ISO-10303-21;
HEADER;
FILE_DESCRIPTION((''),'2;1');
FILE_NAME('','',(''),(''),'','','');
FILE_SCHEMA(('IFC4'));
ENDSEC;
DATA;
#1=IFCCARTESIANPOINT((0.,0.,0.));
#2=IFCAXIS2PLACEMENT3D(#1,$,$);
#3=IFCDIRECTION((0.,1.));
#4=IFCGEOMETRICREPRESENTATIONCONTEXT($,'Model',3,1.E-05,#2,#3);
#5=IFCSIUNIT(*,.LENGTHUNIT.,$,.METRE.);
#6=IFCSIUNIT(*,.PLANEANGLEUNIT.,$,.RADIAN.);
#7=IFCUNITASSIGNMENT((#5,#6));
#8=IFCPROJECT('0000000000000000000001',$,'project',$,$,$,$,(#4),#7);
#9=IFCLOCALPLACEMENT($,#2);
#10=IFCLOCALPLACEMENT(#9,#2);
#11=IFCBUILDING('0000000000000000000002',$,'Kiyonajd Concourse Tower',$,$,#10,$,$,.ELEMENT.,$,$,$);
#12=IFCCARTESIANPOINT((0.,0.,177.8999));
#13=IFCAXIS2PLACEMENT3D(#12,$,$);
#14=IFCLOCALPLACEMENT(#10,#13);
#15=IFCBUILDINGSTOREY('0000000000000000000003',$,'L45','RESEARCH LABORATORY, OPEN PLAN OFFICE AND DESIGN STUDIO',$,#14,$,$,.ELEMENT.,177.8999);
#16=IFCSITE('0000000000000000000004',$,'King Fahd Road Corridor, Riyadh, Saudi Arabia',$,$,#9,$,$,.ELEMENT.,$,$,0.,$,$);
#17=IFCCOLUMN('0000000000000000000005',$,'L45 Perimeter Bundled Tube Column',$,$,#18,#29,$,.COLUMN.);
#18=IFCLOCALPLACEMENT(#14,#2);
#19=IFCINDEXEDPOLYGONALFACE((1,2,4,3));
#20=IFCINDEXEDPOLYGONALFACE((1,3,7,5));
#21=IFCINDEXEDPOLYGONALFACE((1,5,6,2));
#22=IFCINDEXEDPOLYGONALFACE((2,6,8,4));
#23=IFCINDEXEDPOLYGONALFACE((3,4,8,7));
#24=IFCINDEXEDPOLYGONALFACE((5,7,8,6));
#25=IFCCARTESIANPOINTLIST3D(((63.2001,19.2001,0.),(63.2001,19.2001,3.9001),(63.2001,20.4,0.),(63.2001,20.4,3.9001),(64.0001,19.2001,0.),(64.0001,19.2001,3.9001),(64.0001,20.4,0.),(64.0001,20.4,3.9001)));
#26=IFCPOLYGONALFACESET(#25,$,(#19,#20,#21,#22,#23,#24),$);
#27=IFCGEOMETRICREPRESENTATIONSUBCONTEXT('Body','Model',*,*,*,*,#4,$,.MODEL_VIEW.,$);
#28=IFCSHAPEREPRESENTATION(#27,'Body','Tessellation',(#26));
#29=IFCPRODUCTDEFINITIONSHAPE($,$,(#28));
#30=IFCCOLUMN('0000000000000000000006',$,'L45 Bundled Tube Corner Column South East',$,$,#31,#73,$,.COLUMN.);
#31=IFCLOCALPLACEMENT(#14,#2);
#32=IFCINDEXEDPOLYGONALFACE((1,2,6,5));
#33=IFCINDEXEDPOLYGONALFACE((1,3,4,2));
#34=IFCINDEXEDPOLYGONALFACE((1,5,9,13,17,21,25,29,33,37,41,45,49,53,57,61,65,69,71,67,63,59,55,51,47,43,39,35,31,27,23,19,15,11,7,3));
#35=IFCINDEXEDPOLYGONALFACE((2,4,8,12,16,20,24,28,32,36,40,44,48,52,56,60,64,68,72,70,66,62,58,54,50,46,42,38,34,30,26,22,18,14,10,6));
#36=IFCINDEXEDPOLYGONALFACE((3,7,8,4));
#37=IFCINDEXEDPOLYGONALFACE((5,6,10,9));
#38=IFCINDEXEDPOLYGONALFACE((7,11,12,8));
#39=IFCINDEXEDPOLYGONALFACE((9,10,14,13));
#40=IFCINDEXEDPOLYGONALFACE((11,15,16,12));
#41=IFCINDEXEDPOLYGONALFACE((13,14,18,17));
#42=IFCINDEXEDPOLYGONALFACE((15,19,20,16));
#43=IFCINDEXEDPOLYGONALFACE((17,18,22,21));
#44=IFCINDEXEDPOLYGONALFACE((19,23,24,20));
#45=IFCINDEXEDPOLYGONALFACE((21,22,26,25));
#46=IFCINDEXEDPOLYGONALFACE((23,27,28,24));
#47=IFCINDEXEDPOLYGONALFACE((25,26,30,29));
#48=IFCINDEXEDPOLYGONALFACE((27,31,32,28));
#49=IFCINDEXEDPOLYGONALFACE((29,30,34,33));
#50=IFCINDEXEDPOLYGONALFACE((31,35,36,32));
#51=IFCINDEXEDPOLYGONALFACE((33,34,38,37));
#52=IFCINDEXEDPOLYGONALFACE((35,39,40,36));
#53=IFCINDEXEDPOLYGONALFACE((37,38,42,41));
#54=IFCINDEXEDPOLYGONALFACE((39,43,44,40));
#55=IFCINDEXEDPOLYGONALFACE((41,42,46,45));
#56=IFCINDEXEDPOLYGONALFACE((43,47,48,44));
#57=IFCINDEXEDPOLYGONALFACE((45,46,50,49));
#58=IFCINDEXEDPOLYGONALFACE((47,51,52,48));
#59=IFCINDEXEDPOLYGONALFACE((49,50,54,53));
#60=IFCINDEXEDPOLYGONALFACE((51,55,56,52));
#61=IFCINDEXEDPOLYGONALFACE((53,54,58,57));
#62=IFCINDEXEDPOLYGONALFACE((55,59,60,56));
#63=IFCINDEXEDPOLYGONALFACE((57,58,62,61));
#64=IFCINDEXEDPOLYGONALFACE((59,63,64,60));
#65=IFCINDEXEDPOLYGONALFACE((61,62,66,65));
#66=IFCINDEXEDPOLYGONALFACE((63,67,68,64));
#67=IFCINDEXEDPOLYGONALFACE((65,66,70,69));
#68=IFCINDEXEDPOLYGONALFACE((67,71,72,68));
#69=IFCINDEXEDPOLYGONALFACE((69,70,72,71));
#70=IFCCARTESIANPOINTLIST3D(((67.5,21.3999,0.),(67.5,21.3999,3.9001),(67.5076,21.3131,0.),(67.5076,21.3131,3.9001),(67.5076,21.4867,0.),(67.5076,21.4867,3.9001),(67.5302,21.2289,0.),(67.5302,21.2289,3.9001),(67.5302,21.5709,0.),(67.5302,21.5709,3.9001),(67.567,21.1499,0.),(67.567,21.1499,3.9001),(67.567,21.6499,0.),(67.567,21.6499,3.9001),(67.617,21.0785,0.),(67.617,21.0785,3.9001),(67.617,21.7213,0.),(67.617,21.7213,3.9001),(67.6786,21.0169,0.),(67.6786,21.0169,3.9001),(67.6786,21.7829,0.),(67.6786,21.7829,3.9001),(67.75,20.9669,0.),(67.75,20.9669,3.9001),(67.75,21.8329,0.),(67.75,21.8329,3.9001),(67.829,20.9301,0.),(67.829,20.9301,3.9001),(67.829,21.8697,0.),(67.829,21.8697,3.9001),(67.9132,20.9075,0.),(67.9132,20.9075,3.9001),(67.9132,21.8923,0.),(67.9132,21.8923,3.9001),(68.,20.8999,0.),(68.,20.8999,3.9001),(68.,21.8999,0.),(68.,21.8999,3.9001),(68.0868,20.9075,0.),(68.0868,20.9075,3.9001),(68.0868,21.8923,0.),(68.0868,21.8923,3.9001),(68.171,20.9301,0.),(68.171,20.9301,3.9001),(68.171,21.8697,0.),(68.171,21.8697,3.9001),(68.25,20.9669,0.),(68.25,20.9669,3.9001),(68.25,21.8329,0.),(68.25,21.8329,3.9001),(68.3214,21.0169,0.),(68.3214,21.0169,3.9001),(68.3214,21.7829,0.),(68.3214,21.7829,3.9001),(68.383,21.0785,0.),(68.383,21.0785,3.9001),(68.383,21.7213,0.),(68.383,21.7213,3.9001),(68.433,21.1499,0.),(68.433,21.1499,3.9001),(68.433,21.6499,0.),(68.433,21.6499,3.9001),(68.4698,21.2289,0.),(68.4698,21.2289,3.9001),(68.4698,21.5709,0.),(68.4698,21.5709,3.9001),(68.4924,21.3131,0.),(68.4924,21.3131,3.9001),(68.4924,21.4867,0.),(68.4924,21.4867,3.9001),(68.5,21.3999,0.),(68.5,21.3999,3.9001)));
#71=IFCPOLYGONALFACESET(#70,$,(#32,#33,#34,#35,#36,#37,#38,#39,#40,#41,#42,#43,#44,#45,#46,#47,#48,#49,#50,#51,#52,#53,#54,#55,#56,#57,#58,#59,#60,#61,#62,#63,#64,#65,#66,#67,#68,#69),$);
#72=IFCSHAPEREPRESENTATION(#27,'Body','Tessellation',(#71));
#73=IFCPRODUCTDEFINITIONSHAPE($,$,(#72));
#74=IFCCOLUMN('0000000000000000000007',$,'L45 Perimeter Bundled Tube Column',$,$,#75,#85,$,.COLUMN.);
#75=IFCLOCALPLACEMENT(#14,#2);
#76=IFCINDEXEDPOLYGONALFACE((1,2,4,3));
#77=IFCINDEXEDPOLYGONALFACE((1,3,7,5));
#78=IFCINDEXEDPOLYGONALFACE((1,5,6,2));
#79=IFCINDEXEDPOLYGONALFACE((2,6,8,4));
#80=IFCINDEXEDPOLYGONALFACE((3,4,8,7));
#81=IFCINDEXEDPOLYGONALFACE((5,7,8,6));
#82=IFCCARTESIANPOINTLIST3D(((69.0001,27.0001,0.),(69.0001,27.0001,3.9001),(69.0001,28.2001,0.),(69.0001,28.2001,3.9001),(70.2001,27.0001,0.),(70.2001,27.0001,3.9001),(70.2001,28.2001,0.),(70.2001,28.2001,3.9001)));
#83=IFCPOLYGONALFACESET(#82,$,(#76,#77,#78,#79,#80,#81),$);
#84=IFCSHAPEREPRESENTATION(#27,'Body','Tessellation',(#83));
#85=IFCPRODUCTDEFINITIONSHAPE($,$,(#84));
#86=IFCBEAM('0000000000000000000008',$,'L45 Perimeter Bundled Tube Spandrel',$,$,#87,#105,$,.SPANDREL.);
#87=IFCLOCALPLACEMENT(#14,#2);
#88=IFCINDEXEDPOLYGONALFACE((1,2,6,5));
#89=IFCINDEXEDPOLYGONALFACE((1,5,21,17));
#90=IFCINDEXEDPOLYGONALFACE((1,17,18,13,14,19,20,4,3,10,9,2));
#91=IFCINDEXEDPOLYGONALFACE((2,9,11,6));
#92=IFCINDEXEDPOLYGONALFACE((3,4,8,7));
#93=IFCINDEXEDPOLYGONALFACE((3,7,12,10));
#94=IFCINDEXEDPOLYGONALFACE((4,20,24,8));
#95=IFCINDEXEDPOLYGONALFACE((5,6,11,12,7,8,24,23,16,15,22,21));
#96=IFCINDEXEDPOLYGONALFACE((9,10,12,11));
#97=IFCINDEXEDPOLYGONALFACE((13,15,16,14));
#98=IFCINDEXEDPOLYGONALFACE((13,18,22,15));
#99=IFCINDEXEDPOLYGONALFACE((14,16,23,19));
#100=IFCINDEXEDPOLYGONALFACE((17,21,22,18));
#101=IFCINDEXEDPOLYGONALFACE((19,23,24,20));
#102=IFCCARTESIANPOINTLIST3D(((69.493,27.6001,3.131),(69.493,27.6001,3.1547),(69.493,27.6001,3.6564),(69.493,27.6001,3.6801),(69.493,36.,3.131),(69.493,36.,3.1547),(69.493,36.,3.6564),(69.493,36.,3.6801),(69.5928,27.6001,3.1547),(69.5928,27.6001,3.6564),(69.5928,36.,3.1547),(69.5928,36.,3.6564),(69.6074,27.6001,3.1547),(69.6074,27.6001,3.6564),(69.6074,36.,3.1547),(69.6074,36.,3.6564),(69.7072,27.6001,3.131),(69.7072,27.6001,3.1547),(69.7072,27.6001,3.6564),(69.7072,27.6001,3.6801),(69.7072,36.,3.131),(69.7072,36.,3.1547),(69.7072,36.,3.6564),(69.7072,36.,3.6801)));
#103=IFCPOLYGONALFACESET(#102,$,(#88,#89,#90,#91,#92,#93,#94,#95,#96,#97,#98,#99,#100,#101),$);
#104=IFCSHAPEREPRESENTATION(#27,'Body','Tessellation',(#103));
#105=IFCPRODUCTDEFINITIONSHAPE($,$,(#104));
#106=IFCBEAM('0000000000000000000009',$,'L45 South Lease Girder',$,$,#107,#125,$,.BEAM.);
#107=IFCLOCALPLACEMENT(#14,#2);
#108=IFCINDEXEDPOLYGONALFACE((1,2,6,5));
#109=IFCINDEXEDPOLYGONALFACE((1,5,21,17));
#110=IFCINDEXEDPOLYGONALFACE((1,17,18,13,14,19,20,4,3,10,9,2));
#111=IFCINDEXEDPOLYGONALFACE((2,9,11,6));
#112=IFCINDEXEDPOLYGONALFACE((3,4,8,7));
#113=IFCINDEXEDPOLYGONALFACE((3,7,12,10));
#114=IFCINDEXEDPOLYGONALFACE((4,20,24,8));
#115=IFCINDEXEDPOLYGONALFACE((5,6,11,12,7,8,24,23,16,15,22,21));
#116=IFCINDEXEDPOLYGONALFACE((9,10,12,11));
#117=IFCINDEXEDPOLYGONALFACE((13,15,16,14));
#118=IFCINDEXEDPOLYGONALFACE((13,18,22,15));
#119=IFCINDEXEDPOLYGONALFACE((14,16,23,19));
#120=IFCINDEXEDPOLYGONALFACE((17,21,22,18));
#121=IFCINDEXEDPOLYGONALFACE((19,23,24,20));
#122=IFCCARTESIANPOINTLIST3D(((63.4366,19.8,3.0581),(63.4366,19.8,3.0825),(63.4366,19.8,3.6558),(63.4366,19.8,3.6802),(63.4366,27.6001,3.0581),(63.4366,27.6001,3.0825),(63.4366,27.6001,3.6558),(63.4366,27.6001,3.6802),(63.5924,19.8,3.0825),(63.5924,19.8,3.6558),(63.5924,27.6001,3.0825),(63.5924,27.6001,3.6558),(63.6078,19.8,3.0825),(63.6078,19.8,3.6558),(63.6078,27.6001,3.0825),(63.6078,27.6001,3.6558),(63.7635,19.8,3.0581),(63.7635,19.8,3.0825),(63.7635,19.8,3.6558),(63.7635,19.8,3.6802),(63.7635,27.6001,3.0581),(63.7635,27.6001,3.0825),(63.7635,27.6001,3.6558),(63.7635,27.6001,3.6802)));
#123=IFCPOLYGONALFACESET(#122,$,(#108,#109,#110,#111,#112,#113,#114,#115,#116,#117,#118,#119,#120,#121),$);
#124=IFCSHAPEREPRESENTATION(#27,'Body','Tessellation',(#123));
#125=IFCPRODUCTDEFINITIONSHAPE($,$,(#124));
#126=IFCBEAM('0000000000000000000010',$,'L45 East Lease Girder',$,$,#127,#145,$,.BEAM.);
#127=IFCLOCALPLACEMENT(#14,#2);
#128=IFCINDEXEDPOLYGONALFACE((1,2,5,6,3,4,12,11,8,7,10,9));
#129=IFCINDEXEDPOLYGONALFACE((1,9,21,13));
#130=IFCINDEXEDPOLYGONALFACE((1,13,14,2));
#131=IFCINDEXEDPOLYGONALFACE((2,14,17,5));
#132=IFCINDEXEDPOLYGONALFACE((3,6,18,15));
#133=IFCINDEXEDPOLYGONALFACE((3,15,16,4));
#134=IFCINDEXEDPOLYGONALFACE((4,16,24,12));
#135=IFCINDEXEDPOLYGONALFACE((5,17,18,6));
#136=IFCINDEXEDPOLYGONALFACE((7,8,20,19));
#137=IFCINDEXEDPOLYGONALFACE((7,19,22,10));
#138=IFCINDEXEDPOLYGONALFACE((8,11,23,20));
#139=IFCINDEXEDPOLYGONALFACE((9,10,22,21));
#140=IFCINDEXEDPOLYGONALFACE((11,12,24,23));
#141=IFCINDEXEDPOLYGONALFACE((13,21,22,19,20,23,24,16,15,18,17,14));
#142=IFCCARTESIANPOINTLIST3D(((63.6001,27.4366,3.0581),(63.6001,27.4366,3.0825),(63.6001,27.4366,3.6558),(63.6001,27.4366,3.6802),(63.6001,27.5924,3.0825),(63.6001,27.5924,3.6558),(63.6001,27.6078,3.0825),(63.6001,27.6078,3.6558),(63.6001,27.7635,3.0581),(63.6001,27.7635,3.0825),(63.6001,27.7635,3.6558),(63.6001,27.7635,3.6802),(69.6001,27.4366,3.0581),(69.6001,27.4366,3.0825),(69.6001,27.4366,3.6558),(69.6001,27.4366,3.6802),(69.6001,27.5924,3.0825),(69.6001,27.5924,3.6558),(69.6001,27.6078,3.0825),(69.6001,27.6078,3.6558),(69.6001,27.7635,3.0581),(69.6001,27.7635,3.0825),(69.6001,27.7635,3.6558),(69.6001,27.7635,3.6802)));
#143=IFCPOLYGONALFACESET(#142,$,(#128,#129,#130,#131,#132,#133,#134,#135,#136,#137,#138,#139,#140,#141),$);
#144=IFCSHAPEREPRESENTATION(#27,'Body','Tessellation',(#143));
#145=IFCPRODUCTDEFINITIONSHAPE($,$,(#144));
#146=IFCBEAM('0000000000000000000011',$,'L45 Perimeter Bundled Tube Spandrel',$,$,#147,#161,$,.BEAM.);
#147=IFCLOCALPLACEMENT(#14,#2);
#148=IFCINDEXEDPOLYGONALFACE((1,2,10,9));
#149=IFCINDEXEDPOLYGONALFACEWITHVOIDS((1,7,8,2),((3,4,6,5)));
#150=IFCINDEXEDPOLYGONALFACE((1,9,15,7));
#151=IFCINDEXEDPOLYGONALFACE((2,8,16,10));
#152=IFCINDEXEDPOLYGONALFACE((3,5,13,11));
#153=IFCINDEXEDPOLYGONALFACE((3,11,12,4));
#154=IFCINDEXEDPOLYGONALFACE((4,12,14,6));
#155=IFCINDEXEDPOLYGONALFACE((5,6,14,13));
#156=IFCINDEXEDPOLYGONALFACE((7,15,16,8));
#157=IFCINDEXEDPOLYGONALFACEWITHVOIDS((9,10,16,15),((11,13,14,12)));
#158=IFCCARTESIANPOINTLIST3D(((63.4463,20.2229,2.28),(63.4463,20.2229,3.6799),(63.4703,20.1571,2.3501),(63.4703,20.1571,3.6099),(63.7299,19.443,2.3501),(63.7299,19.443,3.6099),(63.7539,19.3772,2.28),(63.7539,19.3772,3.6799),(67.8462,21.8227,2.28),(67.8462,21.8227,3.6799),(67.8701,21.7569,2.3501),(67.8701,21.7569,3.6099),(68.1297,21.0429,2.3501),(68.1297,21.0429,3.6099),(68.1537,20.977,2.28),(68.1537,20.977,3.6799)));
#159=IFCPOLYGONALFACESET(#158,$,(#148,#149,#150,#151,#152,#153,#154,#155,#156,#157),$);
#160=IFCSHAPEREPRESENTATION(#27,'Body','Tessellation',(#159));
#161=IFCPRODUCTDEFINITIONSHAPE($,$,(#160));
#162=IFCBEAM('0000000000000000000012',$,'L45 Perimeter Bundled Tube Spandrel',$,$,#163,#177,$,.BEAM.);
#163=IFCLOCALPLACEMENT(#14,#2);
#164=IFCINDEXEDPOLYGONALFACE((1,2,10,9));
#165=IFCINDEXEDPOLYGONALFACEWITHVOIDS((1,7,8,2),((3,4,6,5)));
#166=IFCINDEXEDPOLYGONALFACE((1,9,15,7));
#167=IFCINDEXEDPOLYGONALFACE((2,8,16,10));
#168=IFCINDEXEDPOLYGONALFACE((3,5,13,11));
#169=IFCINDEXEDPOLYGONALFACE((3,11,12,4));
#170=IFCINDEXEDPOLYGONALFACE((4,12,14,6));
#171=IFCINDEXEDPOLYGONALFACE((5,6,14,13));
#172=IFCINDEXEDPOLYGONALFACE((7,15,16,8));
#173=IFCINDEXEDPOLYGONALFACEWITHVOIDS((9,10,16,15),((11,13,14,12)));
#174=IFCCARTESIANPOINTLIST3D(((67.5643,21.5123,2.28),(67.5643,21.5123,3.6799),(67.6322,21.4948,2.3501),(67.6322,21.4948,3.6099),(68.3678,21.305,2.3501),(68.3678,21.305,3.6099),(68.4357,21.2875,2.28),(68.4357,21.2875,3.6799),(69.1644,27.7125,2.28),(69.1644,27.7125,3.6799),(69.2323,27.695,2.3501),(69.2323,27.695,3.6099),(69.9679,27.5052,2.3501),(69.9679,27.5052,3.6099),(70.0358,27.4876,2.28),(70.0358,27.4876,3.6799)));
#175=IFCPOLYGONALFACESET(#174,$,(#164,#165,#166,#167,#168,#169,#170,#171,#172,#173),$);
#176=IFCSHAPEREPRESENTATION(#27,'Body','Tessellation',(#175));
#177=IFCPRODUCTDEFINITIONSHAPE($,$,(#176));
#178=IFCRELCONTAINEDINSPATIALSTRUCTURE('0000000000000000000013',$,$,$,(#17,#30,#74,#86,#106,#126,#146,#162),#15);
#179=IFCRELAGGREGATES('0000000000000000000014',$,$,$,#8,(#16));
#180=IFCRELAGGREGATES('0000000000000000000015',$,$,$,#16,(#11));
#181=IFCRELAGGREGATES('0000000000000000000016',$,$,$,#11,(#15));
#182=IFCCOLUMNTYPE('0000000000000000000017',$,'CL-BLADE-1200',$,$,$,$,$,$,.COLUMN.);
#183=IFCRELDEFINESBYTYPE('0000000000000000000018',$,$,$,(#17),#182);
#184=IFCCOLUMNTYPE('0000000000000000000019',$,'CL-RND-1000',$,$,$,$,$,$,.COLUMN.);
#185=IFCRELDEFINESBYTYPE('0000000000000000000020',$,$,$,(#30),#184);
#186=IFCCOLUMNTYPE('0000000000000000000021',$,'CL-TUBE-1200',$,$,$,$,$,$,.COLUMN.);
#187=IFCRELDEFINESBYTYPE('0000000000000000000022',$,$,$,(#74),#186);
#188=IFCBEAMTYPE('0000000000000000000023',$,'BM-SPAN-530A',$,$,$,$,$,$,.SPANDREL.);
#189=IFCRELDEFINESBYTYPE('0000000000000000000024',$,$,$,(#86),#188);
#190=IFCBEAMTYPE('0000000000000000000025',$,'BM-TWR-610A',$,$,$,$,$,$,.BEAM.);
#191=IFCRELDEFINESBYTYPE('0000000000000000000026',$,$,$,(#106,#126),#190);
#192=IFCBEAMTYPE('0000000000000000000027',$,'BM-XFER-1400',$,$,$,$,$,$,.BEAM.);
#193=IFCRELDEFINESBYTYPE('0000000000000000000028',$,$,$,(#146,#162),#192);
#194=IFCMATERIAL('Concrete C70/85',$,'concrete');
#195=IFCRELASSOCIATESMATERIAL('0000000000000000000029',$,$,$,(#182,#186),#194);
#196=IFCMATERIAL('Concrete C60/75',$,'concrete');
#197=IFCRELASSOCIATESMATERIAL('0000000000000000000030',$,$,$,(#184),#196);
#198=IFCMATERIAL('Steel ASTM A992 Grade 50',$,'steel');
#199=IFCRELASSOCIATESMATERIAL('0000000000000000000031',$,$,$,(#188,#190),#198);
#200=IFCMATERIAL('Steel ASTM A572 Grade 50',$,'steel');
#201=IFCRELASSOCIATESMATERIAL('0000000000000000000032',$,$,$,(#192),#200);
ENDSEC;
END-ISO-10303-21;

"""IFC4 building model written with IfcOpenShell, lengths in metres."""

from ifc_helpers import new_model, si_unit, direction, frame, origin, origin_2d, place, context, subcontext, project, spatial, rectangle, hollow_rectangle, circle, i_section, extrude, material, material_profile, profile_set, type_object, element, save


model = new_model("IFC4")

# Units and contexts
model_context = context("Model", 3, precision=1e-05, world=origin(), true_north=direction((0.0, 1.0)))
body_context = subcontext(model_context, "Body", "Model", "MODEL_VIEW")
ifc_project = project(units=[si_unit("LENGTHUNIT", "METRE"), si_unit("PLANEANGLEUNIT", "RADIAN")], contexts=[model_context])

# Site, building, storey
site_placement = place(None, origin())
site = spatial("IfcSite", under=ifc_project, at=site_placement, Name="King Fahd Road Corridor, Riyadh, Saudi Arabia", CompositionType="ELEMENT", RefElevation=0.0)
building_placement = place(site_placement, origin())
building = spatial("IfcBuilding", under=site, at=building_placement, Name="Kiyonajd Concourse Tower", CompositionType="ELEMENT")
storey_placement = place(building_placement, frame((0.0, 0.0, 177.8999)))
storey = spatial("IfcBuildingStorey", under=building, at=storey_placement, Name="L45", Description="RESEARCH LABORATORY, OPEN PLAN OFFICE AND DESIGN STUDIO", CompositionType="ELEMENT", Elevation=177.8999)

# Columns
ifc_material_1 = material(Name="Concrete C70/85", Category="concrete")
ifc_material_profile_1 = material_profile(ifc_material_1, rectangle(XDim=0.8, YDim=1.2, at=origin_2d()), Name="RC-1200x800")
ifc_profile_set_1 = profile_set([ifc_material_profile_1], Name="Concrete C70/85")
column_type_1 = type_object("IfcColumnType", Name="CL-BLADE-1200", PredefinedType="COLUMN", material=ifc_profile_set_1)
column_1_placement = place(storey_placement, frame((63.6001, 19.8, 0.0), z_axis=(0.0, 0.0, 1.0), x_axis=(1.0, 0.0, 0.0)))
element("IfcColumn", 1, at=column_1_placement, inside=storey, type_object=column_type_1, Name="L45 Perimeter Bundled Tube Column", PredefinedType="COLUMN", context=body_context, shape_type="SweptSolid", body=[
    extrude(rectangle(XDim=0.8, YDim=1.2, at=origin_2d()), origin(), (0.0, 0.0, 1.0), 3.9001),
])
ifc_material_2 = material(Name="Concrete C60/75", Category="concrete")
ifc_material_profile_2 = material_profile(ifc_material_2, circle(Radius=0.5, at=origin_2d()), Name="RCC-D1000")
ifc_profile_set_2 = profile_set([ifc_material_profile_2], Name="Concrete C60/75")
column_type_2 = type_object("IfcColumnType", Name="CL-RND-1000", PredefinedType="COLUMN", material=ifc_profile_set_2)
column_2_placement = place(storey_placement, frame((68.0, 21.3999, 0.0), z_axis=(0.0, 0.0, 1.0), x_axis=(1.0, 0.0, 0.0)))
element("IfcColumn", 2, at=column_2_placement, inside=storey, type_object=column_type_2, Name="L45 Bundled Tube Corner Column South East", PredefinedType="COLUMN", context=body_context, shape_type="SweptSolid", body=[
    extrude(circle(Radius=0.5, at=origin_2d()), origin(), (0.0, 0.0, 1.0), 3.9001),
])
ifc_material_profile_3 = material_profile(ifc_material_1, rectangle(XDim=1.2, YDim=1.2, at=origin_2d()), Name="RC-1200x1200")
ifc_profile_set_3 = profile_set([ifc_material_profile_3], Name="Concrete C70/85")
column_type_3 = type_object("IfcColumnType", Name="CL-TUBE-1200", PredefinedType="COLUMN", material=ifc_profile_set_3)
column_3_placement = place(storey_placement, frame((69.6001, 27.6001, 0.0), z_axis=(0.0, 0.0, 1.0), x_axis=(1.0, 0.0, 0.0)))
element("IfcColumn", 3, at=column_3_placement, inside=storey, type_object=column_type_3, Name="L45 Perimeter Bundled Tube Column", PredefinedType="COLUMN", context=body_context, shape_type="SweptSolid", body=[
    extrude(rectangle(XDim=1.2, YDim=1.2, at=origin_2d()), origin(), (0.0, 0.0, 1.0), 3.9001),
])

# Beams
ifc_material_3 = material(Name="Steel ASTM A992 Grade 50", Category="steel")
ifc_material_profile_4 = material_profile(ifc_material_3, i_section(OverallWidth=0.2141, OverallDepth=0.5491, WebThickness=0.0146, FlangeThickness=0.0237, at=origin_2d()), Name="W530X138")
ifc_profile_set_4 = profile_set([ifc_material_profile_4], Name="Steel ASTM A992 Grade 50")
beam_type_1 = type_object("IfcBeamType", Name="BM-SPAN-530A", PredefinedType="SPANDREL", material=ifc_profile_set_4)
beam_1_placement = place(storey_placement, frame((69.6001, 27.6001, 3.4055), z_axis=(0.0, 1.0, 0.0), x_axis=(-1.0, 0.0, 0.0)))
element("IfcBeam", 4, at=beam_1_placement, inside=storey, type_object=beam_type_1, Name="L45 Perimeter Bundled Tube Spandrel", PredefinedType="SPANDREL", context=body_context, shape_type="SweptSolid", body=[
    extrude(i_section(OverallWidth=0.2141, OverallDepth=0.5491, WebThickness=0.0146, FlangeThickness=0.0237, at=origin_2d()), origin(), (0.0, 0.0, 1.0), 8.3999),
])
ifc_material_profile_5 = material_profile(ifc_material_3, i_section(OverallWidth=0.3269, OverallDepth=0.6221, WebThickness=0.0154, FlangeThickness=0.0244, at=origin_2d()), Name="W610X195")
ifc_profile_set_5 = profile_set([ifc_material_profile_5], Name="Steel ASTM A992 Grade 50")
beam_type_2 = type_object("IfcBeamType", Name="BM-TWR-610A", PredefinedType="BEAM", material=ifc_profile_set_5)
beam_2_placement = place(storey_placement, frame((63.6001, 19.8, 3.3691), z_axis=(0.0, 1.0, 0.0), x_axis=(-1.0, 0.0, 0.0)))
element("IfcBeam", 5, at=beam_2_placement, inside=storey, type_object=beam_type_2, Name="L45 South Lease Girder", PredefinedType="BEAM", context=body_context, shape_type="SweptSolid", body=[
    extrude(i_section(OverallWidth=0.3269, OverallDepth=0.6221, WebThickness=0.0154, FlangeThickness=0.0244, at=origin_2d()), origin(), (0.0, 0.0, 1.0), 7.8),
])
beam_3_placement = place(storey_placement, frame((63.6001, 27.6001, 3.3691), z_axis=(1.0, 0.0, 0.0), x_axis=(0.0, 1.0, 0.0)))
element("IfcBeam", 6, at=beam_3_placement, inside=storey, type_object=beam_type_2, Name="L45 East Lease Girder", PredefinedType="BEAM", context=body_context, shape_type="SweptSolid", body=[
    extrude(i_section(OverallWidth=0.3269, OverallDepth=0.6221, WebThickness=0.0154, FlangeThickness=0.0244, at=origin_2d()), origin(), (0.0, 0.0, 1.0), 6.0),
])
ifc_material_4 = material(Name="Steel ASTM A572 Grade 50", Category="steel")
ifc_material_profile_6 = material_profile(ifc_material_4, hollow_rectangle(XDim=0.8999, YDim=1.3999, WallThickness=0.0701, at=origin_2d()), Name="BOX-1400x900x70")
ifc_profile_set_6 = profile_set([ifc_material_profile_6], Name="Steel ASTM A572 Grade 50")
beam_type_3 = type_object("IfcBeamType", Name="BM-XFER-1400", PredefinedType="BEAM", material=ifc_profile_set_6)
beam_4_placement = place(storey_placement, frame((63.6001, 19.8, 2.98), z_axis=(0.939801, 0.341722, 0.0), x_axis=(-0.341722, 0.939801, 0.0)))
element("IfcBeam", 7, at=beam_4_placement, inside=storey, type_object=beam_type_3, Name="L45 Perimeter Bundled Tube Spandrel", PredefinedType="BEAM", context=body_context, shape_type="SweptSolid", body=[
    extrude(hollow_rectangle(XDim=0.8999, YDim=1.3999, WallThickness=0.0701, at=origin_2d()), origin(), (0.0, 0.0, 1.0), 4.6816),
])
beam_5_placement = place(storey_placement, frame((68.0, 21.3999, 2.98), z_axis=(0.249885, 0.968276, 0.0), x_axis=(-0.968276, 0.249885, 0.0)))
element("IfcBeam", 8, at=beam_5_placement, inside=storey, type_object=beam_type_3, Name="L45 Perimeter Bundled Tube Spandrel", PredefinedType="BEAM", context=body_context, shape_type="SweptSolid", body=[
    extrude(hollow_rectangle(XDim=0.8999, YDim=1.3999, WallThickness=0.0701, at=origin_2d()), origin(), (0.0, 0.0, 1.0), 6.4033),
])

save(model, "model.ifc")
